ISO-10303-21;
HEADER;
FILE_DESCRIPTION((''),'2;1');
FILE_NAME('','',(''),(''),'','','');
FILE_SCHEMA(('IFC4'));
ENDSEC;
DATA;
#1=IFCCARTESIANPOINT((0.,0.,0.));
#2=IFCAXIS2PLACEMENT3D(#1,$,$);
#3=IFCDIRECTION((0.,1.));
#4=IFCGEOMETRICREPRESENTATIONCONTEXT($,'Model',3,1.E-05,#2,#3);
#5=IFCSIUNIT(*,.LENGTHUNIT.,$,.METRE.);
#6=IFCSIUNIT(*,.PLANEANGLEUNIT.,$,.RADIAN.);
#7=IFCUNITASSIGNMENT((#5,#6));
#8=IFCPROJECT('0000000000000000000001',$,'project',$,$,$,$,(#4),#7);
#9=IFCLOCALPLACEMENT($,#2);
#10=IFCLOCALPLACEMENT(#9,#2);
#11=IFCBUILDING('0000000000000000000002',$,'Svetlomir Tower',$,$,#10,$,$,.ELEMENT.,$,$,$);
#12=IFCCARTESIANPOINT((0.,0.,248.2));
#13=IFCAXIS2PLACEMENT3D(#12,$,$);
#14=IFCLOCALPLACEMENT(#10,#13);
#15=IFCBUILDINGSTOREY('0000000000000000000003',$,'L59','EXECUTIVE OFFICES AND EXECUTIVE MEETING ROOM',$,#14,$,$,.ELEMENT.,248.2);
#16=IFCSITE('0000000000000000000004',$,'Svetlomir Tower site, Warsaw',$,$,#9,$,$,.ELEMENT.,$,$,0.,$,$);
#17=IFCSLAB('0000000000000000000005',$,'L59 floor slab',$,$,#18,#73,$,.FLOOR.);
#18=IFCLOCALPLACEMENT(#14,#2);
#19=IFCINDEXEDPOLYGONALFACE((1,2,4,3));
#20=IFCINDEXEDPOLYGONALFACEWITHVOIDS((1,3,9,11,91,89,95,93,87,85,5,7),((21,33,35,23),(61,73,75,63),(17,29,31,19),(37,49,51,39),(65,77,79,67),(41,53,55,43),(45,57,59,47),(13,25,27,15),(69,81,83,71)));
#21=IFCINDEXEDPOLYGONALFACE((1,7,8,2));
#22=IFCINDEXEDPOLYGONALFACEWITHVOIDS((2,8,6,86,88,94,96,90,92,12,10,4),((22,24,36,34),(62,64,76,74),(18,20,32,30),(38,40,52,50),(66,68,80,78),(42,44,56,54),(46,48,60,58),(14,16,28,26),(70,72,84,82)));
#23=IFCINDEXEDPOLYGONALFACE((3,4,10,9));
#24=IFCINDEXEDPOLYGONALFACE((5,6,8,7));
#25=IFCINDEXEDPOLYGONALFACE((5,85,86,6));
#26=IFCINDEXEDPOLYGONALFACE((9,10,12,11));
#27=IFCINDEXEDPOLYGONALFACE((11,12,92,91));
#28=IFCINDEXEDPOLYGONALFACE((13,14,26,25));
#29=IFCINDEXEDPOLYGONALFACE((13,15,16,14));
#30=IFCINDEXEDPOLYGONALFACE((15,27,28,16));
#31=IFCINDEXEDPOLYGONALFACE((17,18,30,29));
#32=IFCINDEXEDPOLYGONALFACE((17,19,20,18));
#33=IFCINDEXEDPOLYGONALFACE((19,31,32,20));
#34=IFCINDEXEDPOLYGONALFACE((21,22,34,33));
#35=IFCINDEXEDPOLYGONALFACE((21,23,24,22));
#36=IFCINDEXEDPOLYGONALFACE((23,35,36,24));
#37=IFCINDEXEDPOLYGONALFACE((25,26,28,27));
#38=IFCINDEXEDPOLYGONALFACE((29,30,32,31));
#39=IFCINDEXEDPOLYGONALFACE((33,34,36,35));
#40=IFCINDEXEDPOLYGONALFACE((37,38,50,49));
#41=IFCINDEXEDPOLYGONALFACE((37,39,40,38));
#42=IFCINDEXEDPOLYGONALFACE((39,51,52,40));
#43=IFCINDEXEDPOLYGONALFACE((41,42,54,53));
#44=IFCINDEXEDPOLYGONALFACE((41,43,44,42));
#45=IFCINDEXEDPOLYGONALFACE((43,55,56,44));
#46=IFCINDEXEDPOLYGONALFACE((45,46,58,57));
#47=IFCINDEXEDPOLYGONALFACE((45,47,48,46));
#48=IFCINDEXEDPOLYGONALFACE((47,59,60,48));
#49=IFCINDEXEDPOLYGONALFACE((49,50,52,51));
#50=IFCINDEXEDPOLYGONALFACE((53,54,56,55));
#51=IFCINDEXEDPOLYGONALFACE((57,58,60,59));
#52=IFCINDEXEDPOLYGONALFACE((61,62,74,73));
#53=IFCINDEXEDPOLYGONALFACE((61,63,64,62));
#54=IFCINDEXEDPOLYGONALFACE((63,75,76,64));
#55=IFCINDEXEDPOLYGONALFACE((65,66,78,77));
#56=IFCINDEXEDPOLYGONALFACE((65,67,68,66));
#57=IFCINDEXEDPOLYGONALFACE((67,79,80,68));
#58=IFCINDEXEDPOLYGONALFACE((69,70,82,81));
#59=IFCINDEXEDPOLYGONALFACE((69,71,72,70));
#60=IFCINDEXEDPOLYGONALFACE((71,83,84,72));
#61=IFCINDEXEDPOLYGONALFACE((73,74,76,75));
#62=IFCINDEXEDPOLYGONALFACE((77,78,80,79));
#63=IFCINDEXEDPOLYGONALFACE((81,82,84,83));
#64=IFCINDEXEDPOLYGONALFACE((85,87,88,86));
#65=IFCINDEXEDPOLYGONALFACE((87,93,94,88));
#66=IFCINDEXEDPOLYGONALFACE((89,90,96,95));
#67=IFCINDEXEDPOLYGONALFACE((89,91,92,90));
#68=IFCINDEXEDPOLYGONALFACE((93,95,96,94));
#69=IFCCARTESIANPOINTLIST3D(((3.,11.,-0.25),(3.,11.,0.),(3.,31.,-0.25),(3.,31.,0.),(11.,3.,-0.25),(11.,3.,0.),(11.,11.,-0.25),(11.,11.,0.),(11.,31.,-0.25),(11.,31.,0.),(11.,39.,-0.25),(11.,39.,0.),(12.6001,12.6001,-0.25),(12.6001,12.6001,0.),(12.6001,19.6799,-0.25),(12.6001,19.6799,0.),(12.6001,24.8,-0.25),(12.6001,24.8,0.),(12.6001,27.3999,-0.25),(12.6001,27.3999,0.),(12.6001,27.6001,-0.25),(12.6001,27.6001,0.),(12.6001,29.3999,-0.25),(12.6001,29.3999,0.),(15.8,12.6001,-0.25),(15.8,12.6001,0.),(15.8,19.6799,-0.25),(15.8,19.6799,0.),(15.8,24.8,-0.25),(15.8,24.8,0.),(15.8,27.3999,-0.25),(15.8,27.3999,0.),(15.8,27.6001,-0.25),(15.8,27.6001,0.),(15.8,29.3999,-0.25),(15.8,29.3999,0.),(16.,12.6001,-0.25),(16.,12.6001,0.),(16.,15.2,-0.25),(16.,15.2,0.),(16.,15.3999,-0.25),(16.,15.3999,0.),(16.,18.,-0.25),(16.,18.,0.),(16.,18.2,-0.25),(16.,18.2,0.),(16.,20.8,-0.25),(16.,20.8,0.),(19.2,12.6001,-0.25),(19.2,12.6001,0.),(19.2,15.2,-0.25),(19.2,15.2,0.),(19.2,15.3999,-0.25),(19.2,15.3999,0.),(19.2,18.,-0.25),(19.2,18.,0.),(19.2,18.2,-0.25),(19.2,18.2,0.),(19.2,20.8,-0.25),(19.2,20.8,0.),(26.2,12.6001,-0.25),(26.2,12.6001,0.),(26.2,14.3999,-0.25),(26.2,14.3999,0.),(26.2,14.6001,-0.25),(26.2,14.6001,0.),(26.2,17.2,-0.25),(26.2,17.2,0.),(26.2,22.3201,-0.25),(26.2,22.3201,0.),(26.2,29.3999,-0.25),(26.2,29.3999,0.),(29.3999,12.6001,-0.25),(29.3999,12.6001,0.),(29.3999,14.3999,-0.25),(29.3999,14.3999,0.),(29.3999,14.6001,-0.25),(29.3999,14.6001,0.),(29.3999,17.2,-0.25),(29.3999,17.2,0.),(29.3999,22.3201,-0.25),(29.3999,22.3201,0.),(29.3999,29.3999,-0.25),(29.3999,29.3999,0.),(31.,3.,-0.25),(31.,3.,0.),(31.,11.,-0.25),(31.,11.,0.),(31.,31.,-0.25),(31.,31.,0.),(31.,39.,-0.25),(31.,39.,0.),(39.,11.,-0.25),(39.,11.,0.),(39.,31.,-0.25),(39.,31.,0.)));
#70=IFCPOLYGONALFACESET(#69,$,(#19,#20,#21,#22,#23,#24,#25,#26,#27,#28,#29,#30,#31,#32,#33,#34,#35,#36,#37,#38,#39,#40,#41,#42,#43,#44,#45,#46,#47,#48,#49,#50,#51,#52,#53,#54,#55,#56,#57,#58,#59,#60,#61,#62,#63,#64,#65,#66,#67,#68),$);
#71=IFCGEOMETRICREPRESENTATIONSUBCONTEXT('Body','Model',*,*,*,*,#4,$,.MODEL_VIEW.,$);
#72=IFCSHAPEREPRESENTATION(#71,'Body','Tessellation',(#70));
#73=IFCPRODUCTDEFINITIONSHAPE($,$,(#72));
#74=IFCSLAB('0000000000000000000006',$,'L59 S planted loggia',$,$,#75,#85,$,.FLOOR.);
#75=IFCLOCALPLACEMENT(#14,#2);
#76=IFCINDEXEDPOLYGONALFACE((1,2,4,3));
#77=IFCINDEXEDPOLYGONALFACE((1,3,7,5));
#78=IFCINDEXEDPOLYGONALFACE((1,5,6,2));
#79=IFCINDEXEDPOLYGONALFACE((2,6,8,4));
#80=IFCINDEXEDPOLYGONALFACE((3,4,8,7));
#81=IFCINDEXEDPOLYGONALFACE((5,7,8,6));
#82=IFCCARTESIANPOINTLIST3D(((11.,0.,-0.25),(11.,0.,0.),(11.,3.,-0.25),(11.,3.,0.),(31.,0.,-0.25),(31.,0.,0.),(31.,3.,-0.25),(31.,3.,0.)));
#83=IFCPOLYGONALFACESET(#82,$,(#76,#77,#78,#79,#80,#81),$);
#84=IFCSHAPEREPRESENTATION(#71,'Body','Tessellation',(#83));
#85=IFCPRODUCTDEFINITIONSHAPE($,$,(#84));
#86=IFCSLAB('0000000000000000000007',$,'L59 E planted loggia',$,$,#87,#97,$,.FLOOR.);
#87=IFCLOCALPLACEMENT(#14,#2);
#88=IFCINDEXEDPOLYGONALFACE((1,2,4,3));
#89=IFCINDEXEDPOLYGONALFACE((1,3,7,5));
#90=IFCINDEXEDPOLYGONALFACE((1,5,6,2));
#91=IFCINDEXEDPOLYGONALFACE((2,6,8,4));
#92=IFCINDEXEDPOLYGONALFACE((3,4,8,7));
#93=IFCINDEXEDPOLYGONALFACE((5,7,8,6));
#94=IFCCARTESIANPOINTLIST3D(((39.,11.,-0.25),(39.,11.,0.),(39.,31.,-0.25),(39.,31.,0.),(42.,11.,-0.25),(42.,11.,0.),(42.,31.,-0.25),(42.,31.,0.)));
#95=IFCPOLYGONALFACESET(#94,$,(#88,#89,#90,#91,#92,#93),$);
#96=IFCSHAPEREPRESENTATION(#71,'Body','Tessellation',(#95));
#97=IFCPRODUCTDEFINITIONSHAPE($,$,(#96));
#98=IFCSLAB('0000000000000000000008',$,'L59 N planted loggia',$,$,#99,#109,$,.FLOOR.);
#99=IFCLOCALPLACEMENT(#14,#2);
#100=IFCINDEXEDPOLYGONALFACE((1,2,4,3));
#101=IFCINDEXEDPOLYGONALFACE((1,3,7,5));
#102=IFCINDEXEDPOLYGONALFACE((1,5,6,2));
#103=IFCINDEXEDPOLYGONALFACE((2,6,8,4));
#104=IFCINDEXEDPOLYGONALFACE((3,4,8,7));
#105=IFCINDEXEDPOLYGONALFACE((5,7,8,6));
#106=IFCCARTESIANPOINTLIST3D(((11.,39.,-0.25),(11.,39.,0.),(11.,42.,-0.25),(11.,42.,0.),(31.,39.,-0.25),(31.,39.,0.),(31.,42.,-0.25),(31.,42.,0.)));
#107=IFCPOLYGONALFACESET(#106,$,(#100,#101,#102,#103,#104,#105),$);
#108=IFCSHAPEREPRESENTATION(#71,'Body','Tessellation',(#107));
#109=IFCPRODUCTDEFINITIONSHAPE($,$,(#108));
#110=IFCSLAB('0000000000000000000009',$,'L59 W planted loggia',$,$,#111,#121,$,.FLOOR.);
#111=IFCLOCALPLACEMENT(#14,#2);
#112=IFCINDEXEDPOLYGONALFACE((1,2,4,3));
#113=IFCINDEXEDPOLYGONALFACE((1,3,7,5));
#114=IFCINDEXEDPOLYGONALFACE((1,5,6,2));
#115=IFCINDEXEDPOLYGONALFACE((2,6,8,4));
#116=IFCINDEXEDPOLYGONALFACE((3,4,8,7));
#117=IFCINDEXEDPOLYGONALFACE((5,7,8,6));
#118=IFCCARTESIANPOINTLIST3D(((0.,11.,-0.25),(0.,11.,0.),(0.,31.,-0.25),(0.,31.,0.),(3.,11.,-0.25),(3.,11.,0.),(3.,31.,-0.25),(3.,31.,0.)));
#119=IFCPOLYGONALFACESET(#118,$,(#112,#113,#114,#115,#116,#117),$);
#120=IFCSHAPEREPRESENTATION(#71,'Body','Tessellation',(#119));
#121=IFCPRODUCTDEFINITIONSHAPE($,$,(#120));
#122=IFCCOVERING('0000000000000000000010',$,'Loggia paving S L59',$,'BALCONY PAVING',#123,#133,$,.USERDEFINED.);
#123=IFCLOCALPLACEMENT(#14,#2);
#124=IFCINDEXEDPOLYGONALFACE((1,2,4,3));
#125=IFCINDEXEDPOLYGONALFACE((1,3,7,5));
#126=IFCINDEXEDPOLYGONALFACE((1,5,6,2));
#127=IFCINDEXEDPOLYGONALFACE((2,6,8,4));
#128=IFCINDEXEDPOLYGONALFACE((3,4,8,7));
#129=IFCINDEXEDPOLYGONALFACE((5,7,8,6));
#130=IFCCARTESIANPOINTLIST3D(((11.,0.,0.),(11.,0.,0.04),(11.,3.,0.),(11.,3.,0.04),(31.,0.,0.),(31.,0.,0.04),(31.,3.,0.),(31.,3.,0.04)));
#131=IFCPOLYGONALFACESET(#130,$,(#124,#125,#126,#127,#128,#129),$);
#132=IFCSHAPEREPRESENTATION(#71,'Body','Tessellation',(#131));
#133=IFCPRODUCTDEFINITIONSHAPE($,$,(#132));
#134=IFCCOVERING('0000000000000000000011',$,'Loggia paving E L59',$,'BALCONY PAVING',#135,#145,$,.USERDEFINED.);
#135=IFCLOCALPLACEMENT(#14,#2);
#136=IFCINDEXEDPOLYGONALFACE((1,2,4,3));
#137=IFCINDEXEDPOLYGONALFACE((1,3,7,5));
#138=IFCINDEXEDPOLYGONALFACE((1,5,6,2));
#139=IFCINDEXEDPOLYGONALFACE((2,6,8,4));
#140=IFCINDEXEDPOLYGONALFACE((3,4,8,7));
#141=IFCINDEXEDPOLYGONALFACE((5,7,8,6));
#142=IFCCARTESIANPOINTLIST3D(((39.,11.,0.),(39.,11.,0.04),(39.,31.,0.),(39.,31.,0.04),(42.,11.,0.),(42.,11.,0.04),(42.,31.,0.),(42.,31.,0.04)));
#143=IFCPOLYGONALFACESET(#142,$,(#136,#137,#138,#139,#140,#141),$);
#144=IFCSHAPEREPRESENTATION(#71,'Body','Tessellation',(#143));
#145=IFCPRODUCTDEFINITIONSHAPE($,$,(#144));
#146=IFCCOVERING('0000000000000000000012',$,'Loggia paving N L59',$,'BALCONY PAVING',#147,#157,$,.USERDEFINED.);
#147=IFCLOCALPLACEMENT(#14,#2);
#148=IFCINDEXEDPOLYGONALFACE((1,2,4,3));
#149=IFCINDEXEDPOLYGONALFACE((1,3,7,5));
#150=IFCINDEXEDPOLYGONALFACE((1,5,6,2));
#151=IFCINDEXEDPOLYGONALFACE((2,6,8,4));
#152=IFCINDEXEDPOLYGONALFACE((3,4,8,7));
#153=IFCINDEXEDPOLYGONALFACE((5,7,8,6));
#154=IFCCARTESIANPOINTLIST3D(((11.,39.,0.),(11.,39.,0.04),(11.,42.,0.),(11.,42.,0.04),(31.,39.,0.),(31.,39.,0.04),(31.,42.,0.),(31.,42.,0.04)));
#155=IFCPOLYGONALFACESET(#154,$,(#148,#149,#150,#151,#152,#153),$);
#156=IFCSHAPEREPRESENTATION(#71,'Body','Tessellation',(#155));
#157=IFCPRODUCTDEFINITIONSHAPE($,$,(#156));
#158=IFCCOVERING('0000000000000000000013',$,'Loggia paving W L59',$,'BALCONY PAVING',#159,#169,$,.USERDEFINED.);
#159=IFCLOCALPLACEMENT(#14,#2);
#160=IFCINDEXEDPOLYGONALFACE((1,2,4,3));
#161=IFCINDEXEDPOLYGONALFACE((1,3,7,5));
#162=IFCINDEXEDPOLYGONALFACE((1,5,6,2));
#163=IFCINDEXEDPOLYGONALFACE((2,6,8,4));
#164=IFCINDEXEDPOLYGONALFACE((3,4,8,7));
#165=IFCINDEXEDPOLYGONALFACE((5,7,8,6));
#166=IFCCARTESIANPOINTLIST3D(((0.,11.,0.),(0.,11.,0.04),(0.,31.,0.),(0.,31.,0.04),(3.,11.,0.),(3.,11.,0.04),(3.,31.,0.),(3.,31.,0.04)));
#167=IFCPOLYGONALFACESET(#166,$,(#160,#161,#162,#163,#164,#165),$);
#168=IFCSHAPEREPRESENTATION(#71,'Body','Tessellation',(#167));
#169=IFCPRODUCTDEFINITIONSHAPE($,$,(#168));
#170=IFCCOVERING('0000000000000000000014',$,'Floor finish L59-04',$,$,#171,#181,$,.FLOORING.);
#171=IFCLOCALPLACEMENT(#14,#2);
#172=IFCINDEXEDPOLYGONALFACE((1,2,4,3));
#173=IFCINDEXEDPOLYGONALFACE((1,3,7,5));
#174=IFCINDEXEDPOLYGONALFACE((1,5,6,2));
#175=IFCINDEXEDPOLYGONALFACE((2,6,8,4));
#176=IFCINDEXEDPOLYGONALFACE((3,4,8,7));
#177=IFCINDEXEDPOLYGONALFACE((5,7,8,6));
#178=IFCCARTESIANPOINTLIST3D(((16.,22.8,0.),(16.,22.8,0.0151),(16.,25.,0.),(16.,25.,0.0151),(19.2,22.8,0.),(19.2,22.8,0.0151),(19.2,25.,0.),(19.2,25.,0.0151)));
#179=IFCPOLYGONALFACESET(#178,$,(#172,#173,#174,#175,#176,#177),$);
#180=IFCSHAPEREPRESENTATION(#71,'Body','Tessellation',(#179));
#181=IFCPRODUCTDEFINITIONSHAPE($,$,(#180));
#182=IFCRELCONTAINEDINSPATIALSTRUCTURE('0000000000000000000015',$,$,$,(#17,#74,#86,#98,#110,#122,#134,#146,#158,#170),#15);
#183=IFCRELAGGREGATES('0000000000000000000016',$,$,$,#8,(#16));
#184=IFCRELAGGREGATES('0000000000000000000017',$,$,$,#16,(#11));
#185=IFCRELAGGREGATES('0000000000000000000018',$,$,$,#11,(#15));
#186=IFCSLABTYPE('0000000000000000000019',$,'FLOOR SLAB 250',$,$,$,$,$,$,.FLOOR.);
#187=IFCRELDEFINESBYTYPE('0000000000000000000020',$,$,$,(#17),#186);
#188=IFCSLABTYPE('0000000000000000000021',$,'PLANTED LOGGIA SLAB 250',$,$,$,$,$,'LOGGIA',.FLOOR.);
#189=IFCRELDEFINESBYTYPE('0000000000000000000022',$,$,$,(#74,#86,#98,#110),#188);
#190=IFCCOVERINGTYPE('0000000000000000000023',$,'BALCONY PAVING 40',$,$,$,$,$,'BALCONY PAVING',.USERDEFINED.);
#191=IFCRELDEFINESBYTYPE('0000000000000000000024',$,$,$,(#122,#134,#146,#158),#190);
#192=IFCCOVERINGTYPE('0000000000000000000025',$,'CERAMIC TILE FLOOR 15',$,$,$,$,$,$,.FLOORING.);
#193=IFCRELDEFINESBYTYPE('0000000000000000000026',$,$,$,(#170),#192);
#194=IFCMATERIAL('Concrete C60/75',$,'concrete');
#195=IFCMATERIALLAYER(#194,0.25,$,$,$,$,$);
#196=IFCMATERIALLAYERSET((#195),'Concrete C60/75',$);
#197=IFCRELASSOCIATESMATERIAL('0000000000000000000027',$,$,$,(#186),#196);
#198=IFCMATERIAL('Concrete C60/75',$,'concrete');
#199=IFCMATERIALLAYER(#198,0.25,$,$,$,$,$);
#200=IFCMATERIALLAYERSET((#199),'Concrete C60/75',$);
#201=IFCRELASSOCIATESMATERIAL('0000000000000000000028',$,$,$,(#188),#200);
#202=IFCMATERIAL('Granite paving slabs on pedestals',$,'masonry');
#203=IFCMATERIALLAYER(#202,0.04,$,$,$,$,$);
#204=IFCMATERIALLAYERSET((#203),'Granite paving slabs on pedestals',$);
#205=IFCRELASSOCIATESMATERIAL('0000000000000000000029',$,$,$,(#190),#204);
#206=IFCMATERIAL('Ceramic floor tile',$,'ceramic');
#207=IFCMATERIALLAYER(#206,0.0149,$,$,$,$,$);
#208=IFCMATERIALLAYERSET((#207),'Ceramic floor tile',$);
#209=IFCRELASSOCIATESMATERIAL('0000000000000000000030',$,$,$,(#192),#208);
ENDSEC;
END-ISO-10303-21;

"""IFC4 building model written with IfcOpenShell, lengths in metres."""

from ifc_helpers import new_model, si_unit, direction, frame, origin, place, context, subcontext, project, spatial, polyline, outline, extrude, material, layer, layer_set, type_object, element, save


model = new_model("IFC4")

# Units and contexts
model_context = context("Model", 3, precision=1e-05, world=origin(), true_north=direction((0.0, 1.0)))
body_context = subcontext(model_context, "Body", "Model", "MODEL_VIEW")
ifc_project = project(units=[si_unit("LENGTHUNIT", "METRE"), si_unit("PLANEANGLEUNIT", "RADIAN")], contexts=[model_context])

# Site, building, storey
site_placement = place(None, origin())
site = spatial("IfcSite", under=ifc_project, at=site_placement, Name="Svetlomir Tower site, Warsaw", CompositionType="ELEMENT", RefElevation=0.0)
building_placement = place(site_placement, origin())
building = spatial("IfcBuilding", under=site, at=building_placement, Name="Svetlomir Tower", CompositionType="ELEMENT")
storey_placement = place(building_placement, frame((0.0, 0.0, 248.2)))
storey = spatial("IfcBuildingStorey", under=building, at=storey_placement, Name="L59", Description="EXECUTIVE OFFICES AND EXECUTIVE MEETING ROOM", CompositionType="ELEMENT", Elevation=248.2)

# Slabs
ifc_material_1 = material(Name="Concrete C60/75", Category="concrete")
ifc_layer_1 = layer(ifc_material_1, 0.25)
ifc_layer_set_1 = layer_set([ifc_layer_1], Name="Concrete C60/75")
slab_type_1 = type_object("IfcSlabType", Name="FLOOR SLAB 250", PredefinedType="FLOOR", material=ifc_layer_set_1)
slab_1_placement = place(storey_placement, frame((0.0, 0.0, -0.25)))
element("IfcSlab", 1, at=slab_1_placement, inside=storey, type_object=slab_type_1, Name="L59 floor slab", PredefinedType="FLOOR", context=body_context, shape_type="SweptSolid", body=[
    extrude(outline(polyline([(11.0, 3.0), (31.0, 3.0), (31.0, 11.0), (39.0, 11.0), (39.0, 31.0), (31.0, 31.0), (31.0, 39.0), (11.0, 39.0), (11.0, 31.0), (3.0, 31.0), (3.0, 11.0), (11.0, 11.0), (11.0, 3.0)]), holes=[polyline([(12.6001, 24.8), (15.8, 24.8), (15.8, 27.3999), (12.6001, 27.3999), (12.6001, 24.8)]), polyline([(26.2, 14.6001), (29.3999, 14.6001), (29.3999, 17.2), (26.2, 17.2), (26.2, 14.6001)]), polyline([(16.0, 12.6001), (19.2, 12.6001), (19.2, 15.2), (16.0, 15.2), (16.0, 12.6001)]), polyline([(16.0, 15.3999), (19.2, 15.3999), (19.2, 18.0), (16.0, 18.0), (16.0, 15.3999)]), polyline([(16.0, 18.2), (19.2, 18.2), (19.2, 20.8), (16.0, 20.8), (16.0, 18.2)]), polyline([(12.6001, 27.6001), (15.8, 27.6001), (15.8, 29.3999), (12.6001, 29.3999), (12.6001, 27.6001)]), polyline([(26.2, 12.6001), (29.3999, 12.6001), (29.3999, 14.3999), (26.2, 14.3999), (26.2, 12.6001)]), polyline([(12.6001, 12.6001), (15.8, 12.6001), (15.8, 19.6799), (12.6001, 19.6799), (12.6001, 12.6001)]), polyline([(26.2, 22.3201), (29.3999, 22.3201), (29.3999, 29.3999), (26.2, 29.3999), (26.2, 22.3201)])]), origin(), (0.0, 0.0, 1.0), 0.25),
])
ifc_material_2 = material(Name="Concrete C60/75", Category="concrete")
ifc_layer_2 = layer(ifc_material_2, 0.25)
ifc_layer_set_2 = layer_set([ifc_layer_2], Name="Concrete C60/75")
slab_type_2 = type_object("IfcSlabType", Name="PLANTED LOGGIA SLAB 250", ElementType="LOGGIA", PredefinedType="FLOOR", material=ifc_layer_set_2)
slab_2_placement = place(storey_placement, frame((0.0, 0.0, -0.25)))
element("IfcSlab", 2, at=slab_2_placement, inside=storey, type_object=slab_type_2, Name="L59 S planted loggia", PredefinedType="FLOOR", context=body_context, shape_type="SweptSolid", body=[
    extrude(outline(polyline([(11.0, 0.0), (31.0, 0.0), (31.0, 3.0), (11.0, 3.0), (11.0, 0.0)])), origin(), (0.0, 0.0, 1.0), 0.25),
])
slab_3_placement = place(storey_placement, frame((0.0, 0.0, -0.25)))
element("IfcSlab", 3, at=slab_3_placement, inside=storey, type_object=slab_type_2, Name="L59 E planted loggia", PredefinedType="FLOOR", context=body_context, shape_type="SweptSolid", body=[
    extrude(outline(polyline([(39.0, 11.0), (42.0, 11.0), (42.0, 31.0), (39.0, 31.0), (39.0, 11.0)])), origin(), (0.0, 0.0, 1.0), 0.25),
])
slab_4_placement = place(storey_placement, frame((0.0, 0.0, -0.25)))
element("IfcSlab", 4, at=slab_4_placement, inside=storey, type_object=slab_type_2, Name="L59 N planted loggia", PredefinedType="FLOOR", context=body_context, shape_type="SweptSolid", body=[
    extrude(outline(polyline([(11.0, 39.0), (31.0, 39.0), (31.0, 42.0), (11.0, 42.0), (11.0, 39.0)])), origin(), (0.0, 0.0, 1.0), 0.25),
])
slab_5_placement = place(storey_placement, frame((0.0, 0.0, -0.25)))
element("IfcSlab", 5, at=slab_5_placement, inside=storey, type_object=slab_type_2, Name="L59 W planted loggia", PredefinedType="FLOOR", context=body_context, shape_type="SweptSolid", body=[
    extrude(outline(polyline([(0.0, 11.0), (3.0, 11.0), (3.0, 31.0), (0.0, 31.0), (0.0, 11.0)])), origin(), (0.0, 0.0, 1.0), 0.25),
])

# Coverings
ifc_material_3 = material(Name="Granite paving slabs on pedestals", Category="masonry")
ifc_layer_3 = layer(ifc_material_3, 0.04)
ifc_layer_set_3 = layer_set([ifc_layer_3], Name="Granite paving slabs on pedestals")
covering_type_1 = type_object("IfcCoveringType", Name="BALCONY PAVING 40", ElementType="BALCONY PAVING", PredefinedType="USERDEFINED", material=ifc_layer_set_3)
covering_1_placement = place(storey_placement, origin())
element("IfcCovering", 6, at=covering_1_placement, inside=storey, type_object=covering_type_1, Name="Loggia paving S L59", ObjectType="BALCONY PAVING", PredefinedType="USERDEFINED", context=body_context, shape_type="SweptSolid", body=[
    extrude(outline(polyline([(11.0, 0.0), (31.0, 0.0), (31.0, 3.0), (11.0, 3.0), (11.0, 0.0)])), origin(), (0.0, 0.0, 1.0), 0.04),
])
covering_2_placement = place(storey_placement, origin())
element("IfcCovering", 7, at=covering_2_placement, inside=storey, type_object=covering_type_1, Name="Loggia paving E L59", ObjectType="BALCONY PAVING", PredefinedType="USERDEFINED", context=body_context, shape_type="SweptSolid", body=[
    extrude(outline(polyline([(39.0, 11.0), (42.0, 11.0), (42.0, 31.0), (39.0, 31.0), (39.0, 11.0)])), origin(), (0.0, 0.0, 1.0), 0.04),
])
covering_3_placement = place(storey_placement, origin())
element("IfcCovering", 8, at=covering_3_placement, inside=storey, type_object=covering_type_1, Name="Loggia paving N L59", ObjectType="BALCONY PAVING", PredefinedType="USERDEFINED", context=body_context, shape_type="SweptSolid", body=[
    extrude(outline(polyline([(11.0, 39.0), (31.0, 39.0), (31.0, 42.0), (11.0, 42.0), (11.0, 39.0)])), origin(), (0.0, 0.0, 1.0), 0.04),
])
covering_4_placement = place(storey_placement, origin())
element("IfcCovering", 9, at=covering_4_placement, inside=storey, type_object=covering_type_1, Name="Loggia paving W L59", ObjectType="BALCONY PAVING", PredefinedType="USERDEFINED", context=body_context, shape_type="SweptSolid", body=[
    extrude(outline(polyline([(0.0, 11.0), (3.0, 11.0), (3.0, 31.0), (0.0, 31.0), (0.0, 11.0)])), origin(), (0.0, 0.0, 1.0), 0.04),
])
ifc_material_4 = material(Name="Ceramic floor tile", Category="ceramic")
ifc_layer_4 = layer(ifc_material_4, 0.0149)
ifc_layer_set_4 = layer_set([ifc_layer_4], Name="Ceramic floor tile")
covering_type_2 = type_object("IfcCoveringType", Name="CERAMIC TILE FLOOR 15", PredefinedType="FLOORING", material=ifc_layer_set_4)
covering_5_placement = place(storey_placement, origin())
element("IfcCovering", 10, at=covering_5_placement, inside=storey, type_object=covering_type_2, Name="Floor finish L59-04", PredefinedType="FLOORING", context=body_context, shape_type="SweptSolid", body=[
    extrude(outline(polyline([(16.0, 22.8), (19.2, 22.8), (19.2, 25.0), (16.0, 25.0), (16.0, 22.8)])), origin(), (0.0, 0.0, 1.0), 0.0151),
])

save(model, "model.ifc")
